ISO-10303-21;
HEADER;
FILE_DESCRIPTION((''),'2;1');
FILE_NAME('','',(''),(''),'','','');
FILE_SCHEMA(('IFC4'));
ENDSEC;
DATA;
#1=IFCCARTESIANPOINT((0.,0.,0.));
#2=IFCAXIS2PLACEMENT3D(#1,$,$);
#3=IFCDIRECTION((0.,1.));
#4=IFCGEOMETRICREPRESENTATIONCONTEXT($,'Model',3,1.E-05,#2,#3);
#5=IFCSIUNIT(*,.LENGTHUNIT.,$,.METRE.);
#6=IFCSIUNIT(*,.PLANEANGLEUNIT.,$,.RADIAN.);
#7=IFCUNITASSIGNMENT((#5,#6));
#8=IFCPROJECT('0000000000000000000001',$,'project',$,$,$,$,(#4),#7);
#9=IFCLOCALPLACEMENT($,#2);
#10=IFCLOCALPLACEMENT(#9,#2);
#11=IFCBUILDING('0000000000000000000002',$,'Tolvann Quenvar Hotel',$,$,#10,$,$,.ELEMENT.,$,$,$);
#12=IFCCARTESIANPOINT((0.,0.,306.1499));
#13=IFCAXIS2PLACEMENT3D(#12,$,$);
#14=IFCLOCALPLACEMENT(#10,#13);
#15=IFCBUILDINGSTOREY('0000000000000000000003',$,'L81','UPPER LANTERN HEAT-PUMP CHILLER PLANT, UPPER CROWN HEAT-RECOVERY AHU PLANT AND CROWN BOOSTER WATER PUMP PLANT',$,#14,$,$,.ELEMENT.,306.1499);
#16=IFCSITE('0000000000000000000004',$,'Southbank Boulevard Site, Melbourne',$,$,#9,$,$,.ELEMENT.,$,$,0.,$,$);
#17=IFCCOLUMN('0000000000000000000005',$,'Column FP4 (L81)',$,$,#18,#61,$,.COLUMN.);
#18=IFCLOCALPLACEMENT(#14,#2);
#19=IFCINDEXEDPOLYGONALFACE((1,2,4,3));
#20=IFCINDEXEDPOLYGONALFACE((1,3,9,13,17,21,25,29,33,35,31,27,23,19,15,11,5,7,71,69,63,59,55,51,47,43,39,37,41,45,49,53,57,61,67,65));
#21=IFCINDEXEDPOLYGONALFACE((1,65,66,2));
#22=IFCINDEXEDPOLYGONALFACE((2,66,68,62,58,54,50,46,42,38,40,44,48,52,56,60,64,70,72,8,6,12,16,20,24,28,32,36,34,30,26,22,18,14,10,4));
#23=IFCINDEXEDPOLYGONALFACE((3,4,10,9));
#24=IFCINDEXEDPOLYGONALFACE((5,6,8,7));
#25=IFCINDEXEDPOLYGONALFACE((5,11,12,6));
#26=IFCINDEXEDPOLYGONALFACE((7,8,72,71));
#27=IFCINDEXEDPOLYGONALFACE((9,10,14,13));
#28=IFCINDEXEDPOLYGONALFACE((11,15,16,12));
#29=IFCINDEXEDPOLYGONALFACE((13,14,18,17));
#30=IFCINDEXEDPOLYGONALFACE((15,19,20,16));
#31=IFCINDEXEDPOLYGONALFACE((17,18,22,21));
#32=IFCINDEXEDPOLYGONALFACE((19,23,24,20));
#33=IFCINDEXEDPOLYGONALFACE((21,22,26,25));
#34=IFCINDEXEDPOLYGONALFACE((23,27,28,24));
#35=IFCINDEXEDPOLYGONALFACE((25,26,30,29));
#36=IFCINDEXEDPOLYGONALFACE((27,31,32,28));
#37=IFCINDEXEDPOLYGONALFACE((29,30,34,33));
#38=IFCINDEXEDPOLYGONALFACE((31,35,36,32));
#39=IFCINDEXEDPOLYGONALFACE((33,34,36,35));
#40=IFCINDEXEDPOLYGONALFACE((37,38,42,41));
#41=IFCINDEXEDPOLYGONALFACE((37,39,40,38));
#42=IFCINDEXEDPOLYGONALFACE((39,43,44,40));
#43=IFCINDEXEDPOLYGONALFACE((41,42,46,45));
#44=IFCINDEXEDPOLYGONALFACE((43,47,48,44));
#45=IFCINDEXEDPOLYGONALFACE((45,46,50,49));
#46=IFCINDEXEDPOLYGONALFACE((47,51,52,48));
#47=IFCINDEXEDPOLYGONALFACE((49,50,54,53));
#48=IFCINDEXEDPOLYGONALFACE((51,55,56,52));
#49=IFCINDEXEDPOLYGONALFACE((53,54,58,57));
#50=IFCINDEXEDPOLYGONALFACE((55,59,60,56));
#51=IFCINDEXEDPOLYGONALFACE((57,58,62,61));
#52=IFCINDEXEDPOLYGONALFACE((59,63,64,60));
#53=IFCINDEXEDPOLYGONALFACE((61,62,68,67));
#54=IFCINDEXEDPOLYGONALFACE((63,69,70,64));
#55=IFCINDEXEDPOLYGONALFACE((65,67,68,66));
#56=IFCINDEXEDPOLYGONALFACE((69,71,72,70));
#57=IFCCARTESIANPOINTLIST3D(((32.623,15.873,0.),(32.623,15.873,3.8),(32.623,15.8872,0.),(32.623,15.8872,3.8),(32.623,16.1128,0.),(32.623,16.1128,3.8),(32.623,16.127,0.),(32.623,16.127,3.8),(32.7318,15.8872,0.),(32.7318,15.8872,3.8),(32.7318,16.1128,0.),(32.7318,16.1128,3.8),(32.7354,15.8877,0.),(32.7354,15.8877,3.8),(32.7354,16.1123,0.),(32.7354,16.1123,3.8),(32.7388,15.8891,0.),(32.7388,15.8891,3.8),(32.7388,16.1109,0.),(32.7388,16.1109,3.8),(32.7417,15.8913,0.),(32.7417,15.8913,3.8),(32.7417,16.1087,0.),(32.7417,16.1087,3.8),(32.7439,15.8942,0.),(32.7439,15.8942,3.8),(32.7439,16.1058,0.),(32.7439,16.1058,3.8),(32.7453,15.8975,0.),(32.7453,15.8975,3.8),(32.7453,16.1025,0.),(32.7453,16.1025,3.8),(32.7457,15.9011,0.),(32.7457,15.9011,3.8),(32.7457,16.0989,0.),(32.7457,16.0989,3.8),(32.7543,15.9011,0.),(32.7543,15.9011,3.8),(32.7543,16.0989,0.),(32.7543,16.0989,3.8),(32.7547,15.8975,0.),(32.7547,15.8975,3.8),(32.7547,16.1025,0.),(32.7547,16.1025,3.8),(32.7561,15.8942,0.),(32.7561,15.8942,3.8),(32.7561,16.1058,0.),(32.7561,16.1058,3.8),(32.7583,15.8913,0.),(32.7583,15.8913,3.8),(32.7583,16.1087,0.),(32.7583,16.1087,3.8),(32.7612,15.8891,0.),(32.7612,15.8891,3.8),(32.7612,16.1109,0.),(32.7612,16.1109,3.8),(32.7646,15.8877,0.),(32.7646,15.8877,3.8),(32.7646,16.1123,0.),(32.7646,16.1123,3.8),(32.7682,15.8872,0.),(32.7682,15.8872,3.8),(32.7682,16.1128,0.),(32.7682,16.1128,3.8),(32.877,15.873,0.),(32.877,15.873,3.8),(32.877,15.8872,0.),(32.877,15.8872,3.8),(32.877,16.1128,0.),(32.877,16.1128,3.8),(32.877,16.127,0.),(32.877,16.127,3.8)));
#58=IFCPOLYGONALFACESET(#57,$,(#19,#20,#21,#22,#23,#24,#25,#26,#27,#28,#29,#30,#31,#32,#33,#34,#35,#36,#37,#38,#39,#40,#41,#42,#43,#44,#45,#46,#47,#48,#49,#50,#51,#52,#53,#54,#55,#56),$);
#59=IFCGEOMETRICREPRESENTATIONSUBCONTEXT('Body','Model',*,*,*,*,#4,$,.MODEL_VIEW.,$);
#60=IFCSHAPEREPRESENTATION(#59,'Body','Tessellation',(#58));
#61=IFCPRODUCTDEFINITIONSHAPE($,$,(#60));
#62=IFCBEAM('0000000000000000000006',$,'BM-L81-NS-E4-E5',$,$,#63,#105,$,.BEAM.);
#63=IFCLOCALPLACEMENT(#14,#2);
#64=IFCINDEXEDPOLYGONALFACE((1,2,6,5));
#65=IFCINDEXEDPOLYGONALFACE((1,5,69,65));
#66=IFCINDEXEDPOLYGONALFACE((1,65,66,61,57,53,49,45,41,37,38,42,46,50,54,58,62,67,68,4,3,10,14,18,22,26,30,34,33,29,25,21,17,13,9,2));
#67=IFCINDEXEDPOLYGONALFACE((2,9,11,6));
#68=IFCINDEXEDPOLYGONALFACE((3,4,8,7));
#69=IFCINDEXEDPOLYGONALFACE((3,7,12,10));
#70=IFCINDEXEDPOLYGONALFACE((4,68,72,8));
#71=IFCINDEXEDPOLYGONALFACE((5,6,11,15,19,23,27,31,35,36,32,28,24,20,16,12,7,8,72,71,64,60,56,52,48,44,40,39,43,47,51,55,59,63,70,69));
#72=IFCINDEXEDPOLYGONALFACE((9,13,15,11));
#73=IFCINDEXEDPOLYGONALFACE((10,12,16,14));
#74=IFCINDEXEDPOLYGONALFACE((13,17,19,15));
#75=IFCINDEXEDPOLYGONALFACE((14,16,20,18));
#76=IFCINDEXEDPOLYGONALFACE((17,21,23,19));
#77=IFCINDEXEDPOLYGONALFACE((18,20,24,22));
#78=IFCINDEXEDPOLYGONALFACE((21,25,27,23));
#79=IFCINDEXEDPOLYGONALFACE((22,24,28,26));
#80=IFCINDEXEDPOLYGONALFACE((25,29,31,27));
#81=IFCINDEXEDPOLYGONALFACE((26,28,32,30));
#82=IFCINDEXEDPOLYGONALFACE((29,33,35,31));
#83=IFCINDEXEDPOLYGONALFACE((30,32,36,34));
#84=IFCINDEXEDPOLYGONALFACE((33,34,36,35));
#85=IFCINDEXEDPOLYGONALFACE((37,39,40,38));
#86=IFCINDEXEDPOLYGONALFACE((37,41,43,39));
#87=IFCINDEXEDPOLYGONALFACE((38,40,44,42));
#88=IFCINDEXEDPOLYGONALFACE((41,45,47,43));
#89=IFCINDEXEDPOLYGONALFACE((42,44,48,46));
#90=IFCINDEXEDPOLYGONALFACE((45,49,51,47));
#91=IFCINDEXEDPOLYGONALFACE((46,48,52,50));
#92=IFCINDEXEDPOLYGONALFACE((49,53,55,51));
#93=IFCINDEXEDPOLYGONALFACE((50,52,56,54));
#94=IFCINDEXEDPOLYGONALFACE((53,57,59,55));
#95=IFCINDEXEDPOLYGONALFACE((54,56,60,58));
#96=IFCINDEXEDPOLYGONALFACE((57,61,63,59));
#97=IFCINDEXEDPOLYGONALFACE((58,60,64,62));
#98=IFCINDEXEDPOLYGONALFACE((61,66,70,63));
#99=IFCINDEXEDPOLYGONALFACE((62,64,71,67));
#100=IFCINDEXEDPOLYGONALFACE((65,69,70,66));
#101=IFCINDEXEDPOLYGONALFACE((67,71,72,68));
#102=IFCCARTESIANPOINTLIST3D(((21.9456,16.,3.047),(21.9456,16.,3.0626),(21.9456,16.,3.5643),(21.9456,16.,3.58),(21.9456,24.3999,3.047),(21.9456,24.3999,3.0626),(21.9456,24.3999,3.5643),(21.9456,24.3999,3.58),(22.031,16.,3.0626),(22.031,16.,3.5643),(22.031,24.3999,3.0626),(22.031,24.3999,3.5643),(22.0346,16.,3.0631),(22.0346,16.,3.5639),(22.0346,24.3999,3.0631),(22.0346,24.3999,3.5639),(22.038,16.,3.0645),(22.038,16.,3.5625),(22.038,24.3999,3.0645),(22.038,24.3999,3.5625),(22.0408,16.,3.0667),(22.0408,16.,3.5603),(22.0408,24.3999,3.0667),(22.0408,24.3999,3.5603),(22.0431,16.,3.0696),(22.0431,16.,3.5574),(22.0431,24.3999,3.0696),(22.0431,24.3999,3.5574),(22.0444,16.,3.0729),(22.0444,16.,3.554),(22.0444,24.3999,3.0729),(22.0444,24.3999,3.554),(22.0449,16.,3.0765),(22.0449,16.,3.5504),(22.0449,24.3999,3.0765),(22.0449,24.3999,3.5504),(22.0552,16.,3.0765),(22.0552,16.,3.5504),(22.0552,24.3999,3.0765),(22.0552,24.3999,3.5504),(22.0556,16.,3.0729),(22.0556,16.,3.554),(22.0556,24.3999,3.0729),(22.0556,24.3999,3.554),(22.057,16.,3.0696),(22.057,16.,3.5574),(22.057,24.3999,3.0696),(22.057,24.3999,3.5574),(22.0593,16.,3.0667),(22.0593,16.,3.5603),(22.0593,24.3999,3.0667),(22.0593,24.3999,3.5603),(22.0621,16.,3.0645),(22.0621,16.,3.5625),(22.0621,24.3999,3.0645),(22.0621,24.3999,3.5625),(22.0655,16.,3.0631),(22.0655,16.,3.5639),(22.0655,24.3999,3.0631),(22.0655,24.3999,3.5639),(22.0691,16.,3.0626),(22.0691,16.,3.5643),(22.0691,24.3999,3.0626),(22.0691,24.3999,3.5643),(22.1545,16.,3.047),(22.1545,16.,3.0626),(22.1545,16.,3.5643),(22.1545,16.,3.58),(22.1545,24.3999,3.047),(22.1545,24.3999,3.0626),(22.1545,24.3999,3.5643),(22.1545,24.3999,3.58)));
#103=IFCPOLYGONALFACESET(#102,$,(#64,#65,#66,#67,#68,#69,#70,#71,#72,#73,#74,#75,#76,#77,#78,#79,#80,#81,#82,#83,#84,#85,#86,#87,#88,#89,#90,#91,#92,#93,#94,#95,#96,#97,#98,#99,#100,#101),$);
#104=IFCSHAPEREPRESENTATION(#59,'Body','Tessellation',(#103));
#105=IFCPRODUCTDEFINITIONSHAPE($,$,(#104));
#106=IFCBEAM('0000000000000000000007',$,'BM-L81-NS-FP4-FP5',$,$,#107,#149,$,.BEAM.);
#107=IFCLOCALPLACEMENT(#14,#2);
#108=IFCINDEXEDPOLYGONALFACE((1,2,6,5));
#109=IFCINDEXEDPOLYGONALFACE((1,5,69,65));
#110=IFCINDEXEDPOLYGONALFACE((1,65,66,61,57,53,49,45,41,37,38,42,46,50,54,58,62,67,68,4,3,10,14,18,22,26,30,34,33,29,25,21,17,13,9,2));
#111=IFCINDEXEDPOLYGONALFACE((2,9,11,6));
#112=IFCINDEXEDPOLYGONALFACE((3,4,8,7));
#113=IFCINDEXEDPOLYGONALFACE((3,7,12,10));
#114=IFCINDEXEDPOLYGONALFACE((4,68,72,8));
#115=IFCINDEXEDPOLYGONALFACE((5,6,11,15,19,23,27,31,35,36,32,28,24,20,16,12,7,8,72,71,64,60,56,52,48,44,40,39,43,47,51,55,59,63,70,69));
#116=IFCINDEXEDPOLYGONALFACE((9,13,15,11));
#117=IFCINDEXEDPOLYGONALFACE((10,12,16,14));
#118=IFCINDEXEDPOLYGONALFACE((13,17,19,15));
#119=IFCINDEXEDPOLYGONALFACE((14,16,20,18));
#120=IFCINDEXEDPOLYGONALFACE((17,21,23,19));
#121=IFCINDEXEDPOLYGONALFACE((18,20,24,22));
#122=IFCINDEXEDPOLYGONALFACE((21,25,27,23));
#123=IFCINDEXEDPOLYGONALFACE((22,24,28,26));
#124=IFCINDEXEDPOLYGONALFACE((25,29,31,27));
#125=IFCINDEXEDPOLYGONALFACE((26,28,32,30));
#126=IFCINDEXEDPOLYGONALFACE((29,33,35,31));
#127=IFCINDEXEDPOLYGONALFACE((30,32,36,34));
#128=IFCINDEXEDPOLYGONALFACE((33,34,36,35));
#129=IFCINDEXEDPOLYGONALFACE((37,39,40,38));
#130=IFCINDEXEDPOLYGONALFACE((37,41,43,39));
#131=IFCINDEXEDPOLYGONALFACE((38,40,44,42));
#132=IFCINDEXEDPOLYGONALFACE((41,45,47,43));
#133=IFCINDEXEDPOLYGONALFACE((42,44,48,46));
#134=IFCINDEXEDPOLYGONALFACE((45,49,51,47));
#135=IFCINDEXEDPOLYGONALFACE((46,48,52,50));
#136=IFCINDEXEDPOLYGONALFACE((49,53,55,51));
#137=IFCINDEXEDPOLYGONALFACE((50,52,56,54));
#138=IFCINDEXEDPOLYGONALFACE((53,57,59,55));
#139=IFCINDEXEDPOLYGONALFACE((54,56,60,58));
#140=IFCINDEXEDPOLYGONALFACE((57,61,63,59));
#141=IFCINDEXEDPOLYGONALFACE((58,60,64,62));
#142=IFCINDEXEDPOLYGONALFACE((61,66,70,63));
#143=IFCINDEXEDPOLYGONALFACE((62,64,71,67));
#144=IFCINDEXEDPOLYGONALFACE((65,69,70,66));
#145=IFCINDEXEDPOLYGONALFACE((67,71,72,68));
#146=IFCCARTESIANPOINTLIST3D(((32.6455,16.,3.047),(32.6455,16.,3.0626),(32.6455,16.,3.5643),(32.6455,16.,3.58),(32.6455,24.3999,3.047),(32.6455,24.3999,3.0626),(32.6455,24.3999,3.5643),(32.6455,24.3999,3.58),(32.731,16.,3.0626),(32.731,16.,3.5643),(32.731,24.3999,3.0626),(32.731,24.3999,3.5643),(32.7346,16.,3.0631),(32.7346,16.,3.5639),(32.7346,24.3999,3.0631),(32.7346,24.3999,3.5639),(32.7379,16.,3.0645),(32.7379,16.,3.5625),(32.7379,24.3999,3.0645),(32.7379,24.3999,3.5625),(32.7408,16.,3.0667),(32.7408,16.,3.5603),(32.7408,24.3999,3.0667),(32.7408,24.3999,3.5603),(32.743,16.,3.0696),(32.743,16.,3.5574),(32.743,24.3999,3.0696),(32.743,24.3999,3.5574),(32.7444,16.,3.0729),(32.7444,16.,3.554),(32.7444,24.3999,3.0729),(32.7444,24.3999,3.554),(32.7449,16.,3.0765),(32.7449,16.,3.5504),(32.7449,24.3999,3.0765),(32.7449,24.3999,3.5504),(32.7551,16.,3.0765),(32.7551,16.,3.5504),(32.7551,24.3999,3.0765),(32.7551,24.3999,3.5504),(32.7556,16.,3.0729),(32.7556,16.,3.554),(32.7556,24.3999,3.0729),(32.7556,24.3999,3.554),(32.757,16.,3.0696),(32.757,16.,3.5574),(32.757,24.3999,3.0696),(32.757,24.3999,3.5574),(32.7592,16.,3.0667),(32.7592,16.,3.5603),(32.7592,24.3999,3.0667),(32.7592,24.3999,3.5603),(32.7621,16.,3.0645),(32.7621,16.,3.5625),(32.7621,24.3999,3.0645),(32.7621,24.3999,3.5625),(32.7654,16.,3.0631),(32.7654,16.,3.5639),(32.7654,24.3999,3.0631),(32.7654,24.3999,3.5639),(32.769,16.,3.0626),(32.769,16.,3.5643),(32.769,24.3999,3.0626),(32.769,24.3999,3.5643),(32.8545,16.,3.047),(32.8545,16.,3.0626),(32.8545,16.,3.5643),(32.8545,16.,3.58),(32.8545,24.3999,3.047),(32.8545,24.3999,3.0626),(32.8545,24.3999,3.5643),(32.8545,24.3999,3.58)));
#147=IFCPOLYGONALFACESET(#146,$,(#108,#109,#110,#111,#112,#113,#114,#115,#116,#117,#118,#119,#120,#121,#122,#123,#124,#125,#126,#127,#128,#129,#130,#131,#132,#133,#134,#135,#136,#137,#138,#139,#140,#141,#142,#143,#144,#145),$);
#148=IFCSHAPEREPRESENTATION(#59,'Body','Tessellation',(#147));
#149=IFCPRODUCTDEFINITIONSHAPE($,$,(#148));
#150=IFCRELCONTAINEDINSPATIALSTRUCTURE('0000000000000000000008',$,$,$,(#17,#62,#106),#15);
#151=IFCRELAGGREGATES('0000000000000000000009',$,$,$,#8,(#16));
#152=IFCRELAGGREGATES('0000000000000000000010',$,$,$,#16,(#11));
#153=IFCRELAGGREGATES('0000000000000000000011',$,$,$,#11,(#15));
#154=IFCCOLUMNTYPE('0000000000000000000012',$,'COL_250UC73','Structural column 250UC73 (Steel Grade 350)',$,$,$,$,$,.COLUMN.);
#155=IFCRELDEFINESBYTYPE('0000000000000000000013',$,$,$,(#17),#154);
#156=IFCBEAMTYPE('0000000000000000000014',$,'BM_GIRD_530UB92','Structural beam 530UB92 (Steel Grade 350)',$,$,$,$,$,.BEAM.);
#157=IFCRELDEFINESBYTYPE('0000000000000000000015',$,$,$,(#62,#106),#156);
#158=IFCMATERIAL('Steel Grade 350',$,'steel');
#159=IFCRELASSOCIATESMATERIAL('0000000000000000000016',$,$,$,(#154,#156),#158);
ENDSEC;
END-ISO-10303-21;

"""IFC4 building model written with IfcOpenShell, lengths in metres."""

from ifc_helpers import new_model, si_unit, direction, frame, origin, origin_2d, place, context, subcontext, project, spatial, i_section, extrude, source, transform, mapped, material, material_profile, profile_set, type_object, type_shapes, element, save


model = new_model("IFC4")

# Units and contexts
model_context = context("Model", 3, precision=1e-05, world=origin(), true_north=direction((0.0, 1.0)))
body_context = subcontext(model_context, "Body", "Model", "MODEL_VIEW")
ifc_project = project(units=[si_unit("LENGTHUNIT", "METRE"), si_unit("PLANEANGLEUNIT", "RADIAN")], contexts=[model_context])

# Site, building, storey
site_placement = place(None, origin())
site = spatial("IfcSite", under=ifc_project, at=site_placement, Name="Southbank Boulevard Site, Melbourne", CompositionType="ELEMENT", RefElevation=0.0)
building_placement = place(site_placement, origin())
building = spatial("IfcBuilding", under=site, at=building_placement, Name="Tolvann Quenvar Hotel", CompositionType="ELEMENT")
storey_placement = place(building_placement, frame((0.0, 0.0, 306.1499)))
storey = spatial("IfcBuildingStorey", under=building, at=storey_placement, Name="L81", Description="UPPER LANTERN HEAT-PUMP CHILLER PLANT, UPPER CROWN HEAT-RECOVERY AHU PLANT AND CROWN BOOSTER WATER PUMP PLANT", CompositionType="ELEMENT", Elevation=306.1499)

# Column
ifc_material_1 = material(Name="Steel Grade 350", Category="steel")
ifc_material_profile_1 = material_profile(ifc_material_1, i_section(OverallWidth=0.2539, OverallDepth=0.2539, WebThickness=0.0085, FlangeThickness=0.0142, FilletRadius=0.0139, at=origin_2d()), Name="250UC73")
ifc_profile_set_1 = profile_set([ifc_material_profile_1], Name="Steel Grade 350")
column_type = type_object("IfcColumnType", Name="COL_250UC73", Description="Structural column 250UC73 (Steel Grade 350)", PredefinedType="COLUMN", material=ifc_profile_set_1)
shared_shape_1 = source(origin(), body_context, "Body", "SweptSolid", [
    extrude(i_section(OverallWidth=0.2539, OverallDepth=0.2539, WebThickness=0.0085, FlangeThickness=0.0142, FilletRadius=0.0139, at=origin_2d()), origin(), (0.0, 0.0, 1.0), 3.8),
])
type_shapes(column_type, [shared_shape_1])
for number, where, z_axis, x_axis, name in (
    (1, (32.75, 16.0, 0.0), (0.0, 0.0, 1.0), (1.0, 0.0, 0.0), "Column FP4 (L81)"),
):
    element("IfcColumn", number, at=place(storey_placement, frame(where, z_axis=z_axis, x_axis=x_axis)), inside=storey, type_object=column_type, Name=name, PredefinedType="COLUMN", context=body_context, shape_type="MappedRepresentation", body=[
        mapped(shared_shape_1, transform((0.0, 0.0, 0.0), x_axis=(1.0, 0.0, 0.0), y_axis=(0.0, 1.0, 0.0), z_axis=(0.0, 0.0, 1.0), scale=1.0)),
    ])

# Beams
ifc_material_profile_2 = material_profile(ifc_material_1, i_section(OverallWidth=0.209, OverallDepth=0.533, WebThickness=0.0103, FlangeThickness=0.0156, FilletRadius=0.0139, at=origin_2d()), Name="530UB92")
ifc_profile_set_2 = profile_set([ifc_material_profile_2], Name="Steel Grade 350")
beam_type_1 = type_object("IfcBeamType", Name="BM_GIRD_530UB92", Description="Structural beam 530UB92 (Steel Grade 350)", PredefinedType="BEAM", material=ifc_profile_set_2)
shared_shape_2 = source(origin(), body_context, "Body", "SweptSolid", [
    extrude(i_section(OverallWidth=0.209, OverallDepth=0.533, WebThickness=0.0103, FlangeThickness=0.0156, FilletRadius=0.0139, at=origin_2d()), origin(), (0.0, 0.0, 1.0), 8.3999),
])
for number, where, z_axis, x_axis, name in (
    (2, (22.05, 16.0, 3.3135), (0.0, 1.0, 0.0), (-1.0, 0.0, 0.0), "BM-L81-NS-E4-E5"),
    (3, (32.75, 16.0, 3.3135), (0.0, 1.0, 0.0), (-1.0, 0.0, 0.0), "BM-L81-NS-FP4-FP5"),
):
    element("IfcBeam", number, at=place(storey_placement, frame(where, z_axis=z_axis, x_axis=x_axis)), inside=storey, type_object=beam_type_1, Name=name, PredefinedType="BEAM", context=body_context, shape_type="MappedRepresentation", body=[
        mapped(shared_shape_2, transform((0.0, 0.0, 0.0), x_axis=(1.0, 0.0, 0.0), y_axis=(0.0, 1.0, 0.0), z_axis=(0.0, 0.0, 1.0), scale=1.0)),
    ])

save(model, "model.ifc")
